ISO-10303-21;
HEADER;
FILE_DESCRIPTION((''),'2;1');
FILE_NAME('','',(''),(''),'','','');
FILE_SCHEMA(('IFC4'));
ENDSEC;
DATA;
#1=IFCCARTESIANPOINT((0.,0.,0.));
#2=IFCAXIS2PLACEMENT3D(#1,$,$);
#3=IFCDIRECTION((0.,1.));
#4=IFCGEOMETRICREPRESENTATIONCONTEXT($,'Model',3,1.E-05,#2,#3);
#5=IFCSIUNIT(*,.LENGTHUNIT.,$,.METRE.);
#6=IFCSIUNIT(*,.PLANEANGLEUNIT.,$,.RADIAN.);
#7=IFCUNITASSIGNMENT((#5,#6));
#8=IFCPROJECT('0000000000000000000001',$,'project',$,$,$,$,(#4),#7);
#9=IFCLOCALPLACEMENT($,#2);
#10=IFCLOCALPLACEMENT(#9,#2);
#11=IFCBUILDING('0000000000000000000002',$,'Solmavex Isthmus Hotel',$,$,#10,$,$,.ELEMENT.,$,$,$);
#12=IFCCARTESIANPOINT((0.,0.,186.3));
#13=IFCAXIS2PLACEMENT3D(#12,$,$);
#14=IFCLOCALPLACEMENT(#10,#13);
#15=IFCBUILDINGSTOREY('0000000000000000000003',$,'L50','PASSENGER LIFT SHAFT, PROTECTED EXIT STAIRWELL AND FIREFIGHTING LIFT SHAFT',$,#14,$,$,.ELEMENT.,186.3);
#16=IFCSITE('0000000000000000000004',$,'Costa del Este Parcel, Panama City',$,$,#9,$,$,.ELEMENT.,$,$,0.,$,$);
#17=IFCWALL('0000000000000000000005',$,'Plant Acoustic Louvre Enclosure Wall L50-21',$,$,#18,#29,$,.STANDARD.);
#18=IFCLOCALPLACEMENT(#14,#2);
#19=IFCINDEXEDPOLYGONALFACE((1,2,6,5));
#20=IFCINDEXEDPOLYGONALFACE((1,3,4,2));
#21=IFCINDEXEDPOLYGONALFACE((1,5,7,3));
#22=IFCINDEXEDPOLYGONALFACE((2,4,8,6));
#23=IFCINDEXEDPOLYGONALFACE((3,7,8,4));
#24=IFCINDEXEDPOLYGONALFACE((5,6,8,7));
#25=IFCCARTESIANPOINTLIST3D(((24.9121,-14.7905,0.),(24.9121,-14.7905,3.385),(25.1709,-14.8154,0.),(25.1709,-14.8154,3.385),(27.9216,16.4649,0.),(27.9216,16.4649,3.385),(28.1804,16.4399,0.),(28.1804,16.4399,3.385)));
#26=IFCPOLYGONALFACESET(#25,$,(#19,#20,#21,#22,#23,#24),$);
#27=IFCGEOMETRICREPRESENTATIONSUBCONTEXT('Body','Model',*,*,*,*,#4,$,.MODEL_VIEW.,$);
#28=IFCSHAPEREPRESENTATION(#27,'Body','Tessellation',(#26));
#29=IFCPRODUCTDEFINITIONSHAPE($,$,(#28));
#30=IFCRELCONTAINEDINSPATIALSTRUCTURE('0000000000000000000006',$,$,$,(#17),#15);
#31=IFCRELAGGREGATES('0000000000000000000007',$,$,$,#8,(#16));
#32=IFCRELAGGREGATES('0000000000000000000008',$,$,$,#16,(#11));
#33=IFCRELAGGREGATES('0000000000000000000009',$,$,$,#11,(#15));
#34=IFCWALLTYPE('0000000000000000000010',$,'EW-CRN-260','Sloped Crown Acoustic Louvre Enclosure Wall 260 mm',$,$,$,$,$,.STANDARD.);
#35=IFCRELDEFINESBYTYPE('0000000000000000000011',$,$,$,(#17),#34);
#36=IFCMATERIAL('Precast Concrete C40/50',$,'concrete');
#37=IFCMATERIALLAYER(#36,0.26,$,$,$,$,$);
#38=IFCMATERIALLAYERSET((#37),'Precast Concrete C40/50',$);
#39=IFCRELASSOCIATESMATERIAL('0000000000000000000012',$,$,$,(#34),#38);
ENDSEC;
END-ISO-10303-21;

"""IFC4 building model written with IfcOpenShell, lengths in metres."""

from ifc_helpers import new_model, si_unit, direction, frame, frame_2d, origin, place, context, subcontext, project, spatial, rectangle, extrude, material, layer, layer_set, type_object, element, save


model = new_model("IFC4")

# Units and contexts
model_context = context("Model", 3, precision=1e-05, world=origin(), true_north=direction((0.0, 1.0)))
body_context = subcontext(model_context, "Body", "Model", "MODEL_VIEW")
ifc_project = project(units=[si_unit("LENGTHUNIT", "METRE"), si_unit("PLANEANGLEUNIT", "RADIAN")], contexts=[model_context])

# Site, building, storey
site_placement = place(None, origin())
site = spatial("IfcSite", under=ifc_project, at=site_placement, Name="Costa del Este Parcel, Panama City", CompositionType="ELEMENT", RefElevation=0.0)
building_placement = place(site_placement, origin())
building = spatial("IfcBuilding", under=site, at=building_placement, Name="Solmavex Isthmus Hotel", CompositionType="ELEMENT")
storey_placement = place(building_placement, frame((0.0, 0.0, 186.3)))
storey = spatial("IfcBuildingStorey", under=building, at=storey_placement, Name="L50", Description="PASSENGER LIFT SHAFT, PROTECTED EXIT STAIRWELL AND FIREFIGHTING LIFT SHAFT", CompositionType="ELEMENT", Elevation=186.3)

# Wall
ifc_material_1 = material(Name="Precast Concrete C40/50", Category="concrete")
ifc_layer_1 = layer(ifc_material_1, 0.26)
ifc_layer_set_1 = layer_set([ifc_layer_1], Name="Precast Concrete C40/50")
wall_type = type_object("IfcWallType", Name="EW-CRN-260", Description="Sloped Crown Acoustic Louvre Enclosure Wall 260 mm", PredefinedType="STANDARD", material=ifc_layer_set_1)
wall_1_placement = place(storey_placement, frame((28.051, 16.4524, 0.0), z_axis=(0.0, 0.0, 1.0), x_axis=(-0.095845, -0.995396, 0.0)))
element("IfcWall", 1, at=wall_1_placement, inside=storey, type_object=wall_type, Name="Plant Acoustic Louvre Enclosure Wall L50-21", PredefinedType="STANDARD", context=body_context, shape_type="SweptSolid", body=[
    extrude(rectangle(XDim=31.3999, YDim=0.26, at=frame_2d((15.7, 0.0))), origin(), (0.0, 0.0, 1.0), 3.385),
])

save(model, "model.ifc")
